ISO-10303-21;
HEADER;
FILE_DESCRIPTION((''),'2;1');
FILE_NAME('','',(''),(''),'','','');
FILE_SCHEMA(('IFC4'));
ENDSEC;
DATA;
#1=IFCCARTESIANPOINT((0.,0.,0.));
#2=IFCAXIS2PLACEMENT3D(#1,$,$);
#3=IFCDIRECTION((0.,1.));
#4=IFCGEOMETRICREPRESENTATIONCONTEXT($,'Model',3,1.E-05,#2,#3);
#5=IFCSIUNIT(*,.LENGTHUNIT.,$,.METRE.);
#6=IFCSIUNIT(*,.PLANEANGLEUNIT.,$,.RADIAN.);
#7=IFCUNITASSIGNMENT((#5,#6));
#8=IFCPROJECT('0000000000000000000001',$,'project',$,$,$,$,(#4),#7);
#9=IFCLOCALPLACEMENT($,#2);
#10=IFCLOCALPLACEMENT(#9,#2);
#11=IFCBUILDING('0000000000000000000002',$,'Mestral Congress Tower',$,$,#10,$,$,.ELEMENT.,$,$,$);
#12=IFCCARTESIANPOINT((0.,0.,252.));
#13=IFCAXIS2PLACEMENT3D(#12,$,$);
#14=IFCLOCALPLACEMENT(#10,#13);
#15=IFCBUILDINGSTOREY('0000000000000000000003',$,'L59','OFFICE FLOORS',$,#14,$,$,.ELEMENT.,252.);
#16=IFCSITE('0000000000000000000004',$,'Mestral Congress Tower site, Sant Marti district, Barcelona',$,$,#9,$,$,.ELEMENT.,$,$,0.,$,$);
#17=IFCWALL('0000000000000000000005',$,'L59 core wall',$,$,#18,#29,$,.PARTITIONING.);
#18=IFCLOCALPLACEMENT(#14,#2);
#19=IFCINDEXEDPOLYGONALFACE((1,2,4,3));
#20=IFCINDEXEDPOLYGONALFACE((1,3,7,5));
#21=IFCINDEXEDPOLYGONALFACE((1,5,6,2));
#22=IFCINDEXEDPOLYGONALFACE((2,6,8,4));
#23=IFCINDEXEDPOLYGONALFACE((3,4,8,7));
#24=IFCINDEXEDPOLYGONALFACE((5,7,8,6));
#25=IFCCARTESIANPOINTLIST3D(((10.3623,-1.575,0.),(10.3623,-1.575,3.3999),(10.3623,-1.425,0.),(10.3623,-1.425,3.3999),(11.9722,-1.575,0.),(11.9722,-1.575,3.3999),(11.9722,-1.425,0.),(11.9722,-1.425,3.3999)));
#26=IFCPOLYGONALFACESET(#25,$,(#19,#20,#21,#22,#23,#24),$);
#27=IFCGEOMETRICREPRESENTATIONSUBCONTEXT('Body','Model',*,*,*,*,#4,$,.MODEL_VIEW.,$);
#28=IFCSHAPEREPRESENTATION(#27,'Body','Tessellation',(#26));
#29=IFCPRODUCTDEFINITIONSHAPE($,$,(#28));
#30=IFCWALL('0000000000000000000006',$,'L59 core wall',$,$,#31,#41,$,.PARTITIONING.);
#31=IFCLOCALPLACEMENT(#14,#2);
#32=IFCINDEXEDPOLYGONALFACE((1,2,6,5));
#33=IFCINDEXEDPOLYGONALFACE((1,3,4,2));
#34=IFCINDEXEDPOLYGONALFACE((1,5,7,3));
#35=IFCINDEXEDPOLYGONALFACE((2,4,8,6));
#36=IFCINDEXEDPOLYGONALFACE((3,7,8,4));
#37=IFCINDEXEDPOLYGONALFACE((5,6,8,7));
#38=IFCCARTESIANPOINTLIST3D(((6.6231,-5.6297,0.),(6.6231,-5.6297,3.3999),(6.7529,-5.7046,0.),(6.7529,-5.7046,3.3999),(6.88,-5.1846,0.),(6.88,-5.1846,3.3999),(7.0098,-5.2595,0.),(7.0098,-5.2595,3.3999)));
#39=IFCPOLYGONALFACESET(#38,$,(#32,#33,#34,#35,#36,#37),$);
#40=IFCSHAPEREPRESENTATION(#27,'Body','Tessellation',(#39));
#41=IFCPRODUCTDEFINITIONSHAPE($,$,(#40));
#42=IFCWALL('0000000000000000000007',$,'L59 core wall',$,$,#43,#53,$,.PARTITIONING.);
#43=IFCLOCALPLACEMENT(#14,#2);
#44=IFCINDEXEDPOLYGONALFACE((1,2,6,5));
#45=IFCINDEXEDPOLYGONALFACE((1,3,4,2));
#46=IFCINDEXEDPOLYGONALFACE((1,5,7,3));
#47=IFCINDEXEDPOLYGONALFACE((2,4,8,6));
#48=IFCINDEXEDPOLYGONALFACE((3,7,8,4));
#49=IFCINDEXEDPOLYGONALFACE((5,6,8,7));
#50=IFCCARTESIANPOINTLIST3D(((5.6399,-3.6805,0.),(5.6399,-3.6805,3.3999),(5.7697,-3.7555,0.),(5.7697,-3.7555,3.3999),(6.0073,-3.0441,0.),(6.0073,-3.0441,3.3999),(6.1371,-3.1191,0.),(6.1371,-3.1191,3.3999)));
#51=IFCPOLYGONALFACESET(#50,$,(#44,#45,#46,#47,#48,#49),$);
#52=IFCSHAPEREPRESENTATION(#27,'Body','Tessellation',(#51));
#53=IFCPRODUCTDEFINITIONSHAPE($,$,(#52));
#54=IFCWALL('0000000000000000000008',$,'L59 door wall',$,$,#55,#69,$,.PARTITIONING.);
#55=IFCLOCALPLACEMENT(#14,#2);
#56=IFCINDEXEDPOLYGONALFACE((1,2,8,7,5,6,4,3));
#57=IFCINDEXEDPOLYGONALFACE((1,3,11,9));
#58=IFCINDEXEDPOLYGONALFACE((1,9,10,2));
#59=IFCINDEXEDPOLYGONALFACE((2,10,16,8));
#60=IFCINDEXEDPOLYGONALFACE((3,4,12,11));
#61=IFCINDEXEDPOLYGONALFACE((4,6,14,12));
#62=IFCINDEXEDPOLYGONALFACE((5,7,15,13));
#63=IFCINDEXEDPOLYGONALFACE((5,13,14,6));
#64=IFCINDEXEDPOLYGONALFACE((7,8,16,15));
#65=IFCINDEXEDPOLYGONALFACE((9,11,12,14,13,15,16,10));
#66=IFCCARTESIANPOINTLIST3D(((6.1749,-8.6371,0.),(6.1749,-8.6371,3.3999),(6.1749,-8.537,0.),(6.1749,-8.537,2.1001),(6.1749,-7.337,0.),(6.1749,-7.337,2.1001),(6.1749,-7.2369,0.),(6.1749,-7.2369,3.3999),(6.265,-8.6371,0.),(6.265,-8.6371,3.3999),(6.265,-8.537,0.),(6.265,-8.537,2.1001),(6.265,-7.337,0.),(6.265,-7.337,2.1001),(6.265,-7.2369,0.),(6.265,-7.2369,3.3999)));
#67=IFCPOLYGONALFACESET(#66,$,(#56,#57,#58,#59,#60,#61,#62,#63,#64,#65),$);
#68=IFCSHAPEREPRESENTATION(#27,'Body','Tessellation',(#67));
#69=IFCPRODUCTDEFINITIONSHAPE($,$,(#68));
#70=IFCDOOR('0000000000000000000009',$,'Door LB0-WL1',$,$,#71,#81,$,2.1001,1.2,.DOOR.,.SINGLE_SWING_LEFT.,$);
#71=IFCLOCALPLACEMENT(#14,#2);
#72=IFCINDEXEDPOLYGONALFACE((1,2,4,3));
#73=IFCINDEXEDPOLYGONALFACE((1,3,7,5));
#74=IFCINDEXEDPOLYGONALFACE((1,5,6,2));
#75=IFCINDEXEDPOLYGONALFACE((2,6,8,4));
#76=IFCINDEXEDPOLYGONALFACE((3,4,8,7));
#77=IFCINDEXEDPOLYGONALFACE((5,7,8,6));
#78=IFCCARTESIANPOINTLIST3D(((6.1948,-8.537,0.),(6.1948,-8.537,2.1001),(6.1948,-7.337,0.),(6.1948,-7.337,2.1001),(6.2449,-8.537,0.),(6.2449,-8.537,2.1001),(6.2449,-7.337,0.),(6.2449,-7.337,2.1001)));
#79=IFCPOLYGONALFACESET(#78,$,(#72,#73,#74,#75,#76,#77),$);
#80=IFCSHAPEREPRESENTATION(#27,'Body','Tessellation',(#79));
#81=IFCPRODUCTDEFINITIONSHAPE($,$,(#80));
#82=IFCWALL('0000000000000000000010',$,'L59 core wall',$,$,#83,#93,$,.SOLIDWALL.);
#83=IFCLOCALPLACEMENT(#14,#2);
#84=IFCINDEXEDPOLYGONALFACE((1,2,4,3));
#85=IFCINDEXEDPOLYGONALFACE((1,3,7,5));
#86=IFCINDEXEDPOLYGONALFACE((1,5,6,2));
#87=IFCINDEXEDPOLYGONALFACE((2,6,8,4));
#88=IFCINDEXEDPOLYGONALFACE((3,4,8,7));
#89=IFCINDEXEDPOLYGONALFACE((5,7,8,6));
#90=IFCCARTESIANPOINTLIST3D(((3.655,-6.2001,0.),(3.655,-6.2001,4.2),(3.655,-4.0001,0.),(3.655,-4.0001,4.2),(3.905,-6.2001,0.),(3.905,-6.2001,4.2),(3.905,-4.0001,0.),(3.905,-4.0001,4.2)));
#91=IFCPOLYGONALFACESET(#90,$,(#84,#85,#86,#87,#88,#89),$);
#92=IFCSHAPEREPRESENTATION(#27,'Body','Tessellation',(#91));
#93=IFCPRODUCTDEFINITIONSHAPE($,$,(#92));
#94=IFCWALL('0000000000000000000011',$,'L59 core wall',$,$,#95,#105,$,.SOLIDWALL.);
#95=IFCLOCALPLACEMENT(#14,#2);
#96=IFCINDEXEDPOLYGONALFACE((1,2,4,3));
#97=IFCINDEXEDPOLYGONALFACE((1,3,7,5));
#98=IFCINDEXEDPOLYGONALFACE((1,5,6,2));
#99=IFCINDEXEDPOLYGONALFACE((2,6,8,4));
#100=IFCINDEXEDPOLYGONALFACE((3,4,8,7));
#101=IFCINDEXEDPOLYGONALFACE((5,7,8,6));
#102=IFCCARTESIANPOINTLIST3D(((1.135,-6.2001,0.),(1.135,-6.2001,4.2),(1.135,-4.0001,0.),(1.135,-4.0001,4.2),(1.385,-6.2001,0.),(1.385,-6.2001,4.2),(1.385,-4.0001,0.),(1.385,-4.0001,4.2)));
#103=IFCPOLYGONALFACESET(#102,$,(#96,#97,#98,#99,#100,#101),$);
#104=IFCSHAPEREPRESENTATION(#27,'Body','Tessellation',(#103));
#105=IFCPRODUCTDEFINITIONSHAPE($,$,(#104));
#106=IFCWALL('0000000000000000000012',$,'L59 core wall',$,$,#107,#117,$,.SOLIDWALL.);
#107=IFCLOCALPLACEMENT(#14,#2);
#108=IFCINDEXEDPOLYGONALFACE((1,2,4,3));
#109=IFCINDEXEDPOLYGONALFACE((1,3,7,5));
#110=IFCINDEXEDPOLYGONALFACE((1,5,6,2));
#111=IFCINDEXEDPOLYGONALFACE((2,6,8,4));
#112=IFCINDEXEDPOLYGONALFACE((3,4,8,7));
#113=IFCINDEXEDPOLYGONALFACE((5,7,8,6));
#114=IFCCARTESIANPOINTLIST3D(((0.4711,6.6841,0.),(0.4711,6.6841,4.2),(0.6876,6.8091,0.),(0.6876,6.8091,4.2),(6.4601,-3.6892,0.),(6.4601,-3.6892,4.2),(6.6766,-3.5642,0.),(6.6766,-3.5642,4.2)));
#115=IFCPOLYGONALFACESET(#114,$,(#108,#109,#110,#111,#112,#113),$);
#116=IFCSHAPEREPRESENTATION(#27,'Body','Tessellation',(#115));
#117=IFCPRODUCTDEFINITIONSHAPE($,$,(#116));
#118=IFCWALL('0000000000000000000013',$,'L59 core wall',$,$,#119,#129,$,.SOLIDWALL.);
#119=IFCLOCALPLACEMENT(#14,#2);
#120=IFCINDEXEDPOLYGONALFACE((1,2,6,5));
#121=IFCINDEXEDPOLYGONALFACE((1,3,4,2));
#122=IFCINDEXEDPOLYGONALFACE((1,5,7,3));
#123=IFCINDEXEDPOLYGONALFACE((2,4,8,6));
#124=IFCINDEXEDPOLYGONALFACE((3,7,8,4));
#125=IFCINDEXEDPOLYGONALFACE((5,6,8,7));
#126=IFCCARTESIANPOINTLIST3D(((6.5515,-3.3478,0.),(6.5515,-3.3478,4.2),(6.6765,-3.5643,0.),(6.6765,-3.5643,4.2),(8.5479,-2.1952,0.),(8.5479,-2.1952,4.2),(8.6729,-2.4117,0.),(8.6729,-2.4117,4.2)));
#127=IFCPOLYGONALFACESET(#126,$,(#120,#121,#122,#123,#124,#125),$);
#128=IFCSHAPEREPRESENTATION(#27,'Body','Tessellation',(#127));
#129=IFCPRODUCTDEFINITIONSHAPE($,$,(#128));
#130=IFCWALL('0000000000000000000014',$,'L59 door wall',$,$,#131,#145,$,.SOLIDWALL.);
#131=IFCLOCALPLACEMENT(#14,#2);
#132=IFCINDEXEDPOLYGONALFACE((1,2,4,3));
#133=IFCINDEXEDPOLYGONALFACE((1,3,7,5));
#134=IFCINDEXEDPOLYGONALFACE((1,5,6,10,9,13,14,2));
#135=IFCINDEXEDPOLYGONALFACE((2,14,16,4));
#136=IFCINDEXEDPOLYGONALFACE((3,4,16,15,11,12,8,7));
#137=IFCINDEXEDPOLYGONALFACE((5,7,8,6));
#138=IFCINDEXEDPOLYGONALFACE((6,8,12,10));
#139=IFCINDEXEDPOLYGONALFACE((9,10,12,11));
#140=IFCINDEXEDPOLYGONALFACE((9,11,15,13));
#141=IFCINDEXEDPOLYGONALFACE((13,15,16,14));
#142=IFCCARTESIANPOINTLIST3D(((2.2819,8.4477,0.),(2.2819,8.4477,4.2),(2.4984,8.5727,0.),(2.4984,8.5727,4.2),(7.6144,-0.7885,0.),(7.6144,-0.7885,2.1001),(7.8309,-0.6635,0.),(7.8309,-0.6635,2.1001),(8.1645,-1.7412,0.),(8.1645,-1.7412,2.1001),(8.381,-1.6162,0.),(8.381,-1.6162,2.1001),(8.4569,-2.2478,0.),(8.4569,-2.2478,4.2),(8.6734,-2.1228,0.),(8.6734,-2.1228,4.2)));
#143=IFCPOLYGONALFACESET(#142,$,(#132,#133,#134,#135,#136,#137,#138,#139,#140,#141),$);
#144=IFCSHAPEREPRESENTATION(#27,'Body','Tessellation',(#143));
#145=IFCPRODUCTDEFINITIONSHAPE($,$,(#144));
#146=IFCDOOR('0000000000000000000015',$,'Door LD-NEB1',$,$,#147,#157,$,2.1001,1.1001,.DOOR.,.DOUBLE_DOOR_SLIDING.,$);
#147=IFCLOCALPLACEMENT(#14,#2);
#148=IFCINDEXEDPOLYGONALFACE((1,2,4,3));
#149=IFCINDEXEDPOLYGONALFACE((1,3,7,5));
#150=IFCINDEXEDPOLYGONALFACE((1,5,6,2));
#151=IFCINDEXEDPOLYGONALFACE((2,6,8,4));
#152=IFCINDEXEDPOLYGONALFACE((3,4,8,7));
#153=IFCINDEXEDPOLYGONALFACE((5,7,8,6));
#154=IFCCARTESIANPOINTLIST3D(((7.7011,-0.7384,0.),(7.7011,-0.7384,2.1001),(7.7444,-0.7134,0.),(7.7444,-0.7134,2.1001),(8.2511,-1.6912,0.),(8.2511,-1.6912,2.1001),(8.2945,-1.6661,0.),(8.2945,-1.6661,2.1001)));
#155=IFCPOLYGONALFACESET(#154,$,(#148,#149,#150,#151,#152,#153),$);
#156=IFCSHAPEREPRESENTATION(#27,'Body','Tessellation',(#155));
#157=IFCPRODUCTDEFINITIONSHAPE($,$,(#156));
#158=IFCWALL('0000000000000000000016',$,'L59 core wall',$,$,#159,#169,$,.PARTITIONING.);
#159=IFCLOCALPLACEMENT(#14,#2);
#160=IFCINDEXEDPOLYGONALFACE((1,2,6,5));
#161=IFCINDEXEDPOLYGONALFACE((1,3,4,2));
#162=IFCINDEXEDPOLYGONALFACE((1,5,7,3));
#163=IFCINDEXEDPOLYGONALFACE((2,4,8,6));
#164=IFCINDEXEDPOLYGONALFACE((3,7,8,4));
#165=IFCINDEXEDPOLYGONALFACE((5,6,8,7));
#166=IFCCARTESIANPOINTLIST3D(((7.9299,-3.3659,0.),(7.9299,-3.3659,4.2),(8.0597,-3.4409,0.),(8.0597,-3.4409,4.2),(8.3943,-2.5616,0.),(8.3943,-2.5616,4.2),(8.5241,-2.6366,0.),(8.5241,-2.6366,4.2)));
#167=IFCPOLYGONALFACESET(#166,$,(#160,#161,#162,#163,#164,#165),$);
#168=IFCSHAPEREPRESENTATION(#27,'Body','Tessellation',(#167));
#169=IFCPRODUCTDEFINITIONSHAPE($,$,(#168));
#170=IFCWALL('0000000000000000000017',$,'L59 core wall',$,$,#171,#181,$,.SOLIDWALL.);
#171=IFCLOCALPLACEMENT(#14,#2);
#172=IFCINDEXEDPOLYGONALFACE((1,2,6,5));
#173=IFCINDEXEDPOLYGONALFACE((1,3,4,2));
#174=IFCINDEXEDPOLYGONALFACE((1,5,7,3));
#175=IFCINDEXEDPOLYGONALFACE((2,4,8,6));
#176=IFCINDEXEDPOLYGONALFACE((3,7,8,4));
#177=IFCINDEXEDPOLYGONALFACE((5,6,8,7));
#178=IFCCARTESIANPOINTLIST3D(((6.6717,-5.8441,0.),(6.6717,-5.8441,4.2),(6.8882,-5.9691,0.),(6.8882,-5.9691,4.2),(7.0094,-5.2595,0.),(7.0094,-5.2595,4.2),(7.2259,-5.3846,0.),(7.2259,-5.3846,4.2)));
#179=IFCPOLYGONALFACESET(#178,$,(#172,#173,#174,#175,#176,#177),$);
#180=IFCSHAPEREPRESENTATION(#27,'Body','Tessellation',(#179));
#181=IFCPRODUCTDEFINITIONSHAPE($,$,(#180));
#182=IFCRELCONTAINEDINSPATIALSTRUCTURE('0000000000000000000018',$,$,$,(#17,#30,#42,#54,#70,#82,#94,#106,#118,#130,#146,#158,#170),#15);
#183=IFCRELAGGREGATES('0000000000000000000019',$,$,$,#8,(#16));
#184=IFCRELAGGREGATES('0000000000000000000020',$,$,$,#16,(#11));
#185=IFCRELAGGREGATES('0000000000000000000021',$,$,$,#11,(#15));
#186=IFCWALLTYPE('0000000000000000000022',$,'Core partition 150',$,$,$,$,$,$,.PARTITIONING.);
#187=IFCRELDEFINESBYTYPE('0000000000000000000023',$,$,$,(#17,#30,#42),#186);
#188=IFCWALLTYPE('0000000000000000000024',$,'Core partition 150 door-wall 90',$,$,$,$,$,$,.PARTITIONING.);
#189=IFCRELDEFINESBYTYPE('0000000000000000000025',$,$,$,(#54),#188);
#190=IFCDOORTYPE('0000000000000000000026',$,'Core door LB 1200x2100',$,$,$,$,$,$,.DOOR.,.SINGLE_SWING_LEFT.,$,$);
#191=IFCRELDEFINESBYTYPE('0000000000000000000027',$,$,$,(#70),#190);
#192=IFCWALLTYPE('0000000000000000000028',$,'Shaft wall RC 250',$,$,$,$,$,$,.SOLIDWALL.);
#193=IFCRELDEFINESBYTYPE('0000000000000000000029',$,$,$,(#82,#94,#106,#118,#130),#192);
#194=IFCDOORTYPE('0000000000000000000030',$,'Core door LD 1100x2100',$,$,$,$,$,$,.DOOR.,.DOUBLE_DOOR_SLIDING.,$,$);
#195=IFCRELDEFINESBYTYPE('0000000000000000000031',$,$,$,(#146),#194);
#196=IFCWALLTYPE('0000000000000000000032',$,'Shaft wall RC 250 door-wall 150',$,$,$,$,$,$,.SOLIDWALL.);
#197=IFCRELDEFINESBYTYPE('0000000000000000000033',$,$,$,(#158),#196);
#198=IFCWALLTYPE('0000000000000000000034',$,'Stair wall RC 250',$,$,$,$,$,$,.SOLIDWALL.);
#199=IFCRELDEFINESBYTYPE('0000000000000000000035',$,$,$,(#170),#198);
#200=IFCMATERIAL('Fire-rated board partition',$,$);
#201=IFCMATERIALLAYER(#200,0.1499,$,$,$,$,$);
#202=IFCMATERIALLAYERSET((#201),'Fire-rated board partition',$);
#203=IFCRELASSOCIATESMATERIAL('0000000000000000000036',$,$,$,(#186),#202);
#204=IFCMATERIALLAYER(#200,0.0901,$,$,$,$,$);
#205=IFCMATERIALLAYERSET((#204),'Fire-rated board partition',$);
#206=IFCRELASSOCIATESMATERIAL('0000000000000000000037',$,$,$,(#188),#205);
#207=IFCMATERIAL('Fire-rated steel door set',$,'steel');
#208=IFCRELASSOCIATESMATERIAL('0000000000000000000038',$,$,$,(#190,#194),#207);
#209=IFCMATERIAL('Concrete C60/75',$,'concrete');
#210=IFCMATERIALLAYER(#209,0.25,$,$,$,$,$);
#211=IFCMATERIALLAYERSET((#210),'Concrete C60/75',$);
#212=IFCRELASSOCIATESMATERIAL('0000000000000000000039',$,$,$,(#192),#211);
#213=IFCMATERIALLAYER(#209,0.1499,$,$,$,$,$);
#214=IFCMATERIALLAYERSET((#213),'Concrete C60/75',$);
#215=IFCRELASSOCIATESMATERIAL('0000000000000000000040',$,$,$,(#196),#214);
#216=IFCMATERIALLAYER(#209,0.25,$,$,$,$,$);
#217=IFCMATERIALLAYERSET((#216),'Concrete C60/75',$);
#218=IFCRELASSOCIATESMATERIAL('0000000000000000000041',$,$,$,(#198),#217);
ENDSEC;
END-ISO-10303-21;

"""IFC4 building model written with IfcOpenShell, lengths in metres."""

from ifc_helpers import new_model, si_unit, direction, frame, frame_2d, origin, place, context, subcontext, project, spatial, rectangle, extrude, material, layer, layer_set, type_object, element, fill, save


model = new_model("IFC4")

# Units and contexts
model_context = context("Model", 3, precision=1e-05, world=origin(), true_north=direction((0.0, 1.0)))
body_context = subcontext(model_context, "Body", "Model", "MODEL_VIEW")
ifc_project = project(units=[si_unit("LENGTHUNIT", "METRE"), si_unit("PLANEANGLEUNIT", "RADIAN")], contexts=[model_context])

# Site, building, storey
site_placement = place(None, origin())
site = spatial("IfcSite", under=ifc_project, at=site_placement, Name="Mestral Congress Tower site, Sant Marti district, Barcelona", CompositionType="ELEMENT", RefElevation=0.0)
building_placement = place(site_placement, origin())
building = spatial("IfcBuilding", under=site, at=building_placement, Name="Mestral Congress Tower", CompositionType="ELEMENT")
storey_placement = place(building_placement, frame((0.0, 0.0, 252.0)))
storey = spatial("IfcBuildingStorey", under=building, at=storey_placement, Name="L59", Description="OFFICE FLOORS", CompositionType="ELEMENT", Elevation=252.0)

# Walls
ifc_material_1 = material(Name="Fire-rated board partition")
ifc_layer_1 = layer(ifc_material_1, 0.1499)
ifc_layer_set_1 = layer_set([ifc_layer_1], Name="Fire-rated board partition")
wall_type_1 = type_object("IfcWallType", Name="Core partition 150", PredefinedType="PARTITIONING", material=ifc_layer_set_1)
wall_1_placement = place(storey_placement, frame((10.3623, -1.5, 0.0), z_axis=(0.0, 0.0, 1.0), x_axis=(1.0, 0.0, 0.0)))
element("IfcWall", 1, at=wall_1_placement, inside=storey, type_object=wall_type_1, Name="L59 core wall", PredefinedType="PARTITIONING", context=body_context, shape_type="SweptSolid", body=[
    extrude(rectangle(XDim=1.6099, YDim=0.1499, at=frame_2d((0.8049, 0.0))), origin(), (0.0, 0.0, 1.0), 3.3999),
])
wall_2_placement = place(storey_placement, frame((6.9448, -5.2222, 0.0), z_axis=(0.0, 0.0, 1.0), x_axis=(-0.499818, -0.86613, 0.0)))
element("IfcWall", 2, at=wall_2_placement, inside=storey, type_object=wall_type_1, Name="L59 core wall", PredefinedType="PARTITIONING", context=body_context, shape_type="SweptSolid", body=[
    extrude(rectangle(XDim=0.5139, YDim=0.1499, at=frame_2d((0.2568, 0.0))), origin(), (0.0, 0.0, 1.0), 3.3999),
])
wall_3_placement = place(storey_placement, frame((5.7048, -3.718, 0.0), z_axis=(0.0, 0.0, 1.0), x_axis=(0.499962, 0.866047, 0.0)))
element("IfcWall", 3, at=wall_3_placement, inside=storey, type_object=wall_type_1, Name="L59 core wall", PredefinedType="PARTITIONING", context=body_context, shape_type="SweptSolid", body=[
    extrude(rectangle(XDim=0.7349, YDim=0.1499, at=frame_2d((0.3674, 0.0))), origin(), (0.0, 0.0, 1.0), 3.3999),
])

# Wall, opening, door
ifc_layer_2 = layer(ifc_material_1, 0.0901)
ifc_layer_set_2 = layer_set([ifc_layer_2], Name="Fire-rated board partition")
wall_type_2 = type_object("IfcWallType", Name="Core partition 150 door-wall 90", PredefinedType="PARTITIONING", material=ifc_layer_set_2)
wall_4_placement = place(storey_placement, frame((6.22, -7.2368, 0.0), z_axis=(0.0, 0.0, 1.0), x_axis=(0.0, -1.0, 0.0)))
wall_4 = element("IfcWall", 4, at=wall_4_placement, inside=storey, type_object=wall_type_2, Name="L59 door wall", PredefinedType="PARTITIONING", context=body_context, shape_type="SweptSolid", body=[
    extrude(rectangle(XDim=1.4001, YDim=0.0901, at=frame_2d((0.7002, 0.0))), origin(), (0.0, 0.0, 1.0), 3.3999),
])
opening_1_placement = place(wall_4_placement, frame((0.1001, 0.0, 0.0)))
opening_1 = element("IfcOpeningElement", 5, at=opening_1_placement, cuts=wall_4, PredefinedType="OPENING", context=body_context, shape_type="SweptSolid", body=[
    extrude(rectangle(XDim=1.2, YDim=2.1001, at=frame_2d((0.6001, 1.05))), frame((0.0, 0.0549, 0.0), z_axis=(0.0, -1.0, 0.0), x_axis=(1.0, 0.0, 0.0)), (0.0, 0.0, 1.0), 0.1101),
])
ifc_material_2 = material(Name="Fire-rated steel door set", Category="steel")
door_type_1 = type_object("IfcDoorType", Name="Core door LB 1200x2100", OperationType="SINGLE_SWING_LEFT", PredefinedType="DOOR", material=ifc_material_2)
door_1_placement = place(opening_1_placement, origin())
door_1 = element("IfcDoor", 6, at=door_1_placement, inside=storey, type_object=door_type_1, Name="Door LB0-WL1", OperationType="SINGLE_SWING_LEFT", OverallHeight=2.1001, OverallWidth=1.2, PredefinedType="DOOR", context=body_context, shape_type="SweptSolid", body=[
    extrude(rectangle(XDim=1.2, YDim=2.1001, at=frame_2d((0.6001, 1.05))), frame((0.0, 0.0249, 0.0), z_axis=(0.0, -1.0, 0.0), x_axis=(1.0, 0.0, 0.0)), (0.0, 0.0, 1.0), 0.05),
])
fill(opening_1, door_1)

# Walls
ifc_material_3 = material(Name="Concrete C60/75", Category="concrete")
ifc_layer_3 = layer(ifc_material_3, 0.25)
ifc_layer_set_3 = layer_set([ifc_layer_3], Name="Concrete C60/75")
wall_type_3 = type_object("IfcWallType", Name="Shaft wall RC 250", PredefinedType="SOLIDWALL", material=ifc_layer_set_3)
for number, where, z_axis, x_axis, name in (
    (7, (3.78, -4.0, 0.0), (0.0, 0.0, 1.0), (0.0, -1.0, 0.0), "L59 core wall"),
    (8, (1.26, -4.0, 0.0), (0.0, 0.0, 1.0), (0.0, -1.0, 0.0), "L59 core wall"),
):
    element("IfcWall", number, at=place(storey_placement, frame(where, z_axis=z_axis, x_axis=x_axis)), inside=storey, type_object=wall_type_3, Name=name, PredefinedType="SOLIDWALL", context=body_context, shape_type="SweptSolid", body=[
        extrude(rectangle(XDim=2.2, YDim=0.25, at=frame_2d((1.1001, 0.0))), origin(), (0.0, 0.0, 1.0), 4.2),
    ])
wall_5_placement = place(storey_placement, frame((6.5684, -3.6267, 0.0), z_axis=(0.0, 0.0, 1.0), x_axis=(-0.499999, 0.866026, 0.0)))
element("IfcWall", 9, at=wall_5_placement, inside=storey, type_object=wall_type_3, Name="L59 core wall", PredefinedType="SOLIDWALL", context=body_context, shape_type="SweptSolid", body=[
    extrude(rectangle(XDim=11.978, YDim=0.25, at=frame_2d((5.989, 0.0))), origin(), (0.0, 0.0, 1.0), 4.2),
])
wall_6_placement = place(storey_placement, frame((6.614, -3.4561, 0.0), z_axis=(0.0, 0.0, 1.0), x_axis=(0.866025, 0.500001, 0.0)))
element("IfcWall", 10, at=wall_6_placement, inside=storey, type_object=wall_type_3, Name="L59 core wall", PredefinedType="SOLIDWALL", context=body_context, shape_type="SweptSolid", body=[
    extrude(rectangle(XDim=2.3052, YDim=0.25, at=frame_2d((1.1526, 0.0))), origin(), (0.0, 0.0, 1.0), 4.2),
])

# Wall, opening, door
wall_7_placement = place(storey_placement, frame((8.5652, -2.1853, 0.0), z_axis=(0.0, 0.0, 1.0), x_axis=(-0.499998, 0.866027, 0.0)))
wall_7 = element("IfcWall", 11, at=wall_7_placement, inside=storey, type_object=wall_type_3, Name="L59 door wall", PredefinedType="SOLIDWALL", context=body_context, shape_type="SweptSolid", body=[
    extrude(rectangle(XDim=12.3501, YDim=0.25, at=frame_2d((6.175, 0.0))), origin(), (0.0, 0.0, 1.0), 4.2),
])
opening_2_placement = place(wall_7_placement, frame((0.585, 0.0, 0.0)))
opening_2 = element("IfcOpeningElement", 12, at=opening_2_placement, cuts=wall_7, PredefinedType="OPENING", context=body_context, shape_type="SweptSolid", body=[
    extrude(rectangle(XDim=1.1001, YDim=2.1001, at=frame_2d((0.55, 1.05))), frame((0.0, 0.135, 0.0), z_axis=(0.0, -1.0, 0.0), x_axis=(1.0, 0.0, 0.0)), (0.0, 0.0, 1.0), 0.27),
])
door_type_2 = type_object("IfcDoorType", Name="Core door LD 1100x2100", OperationType="DOUBLE_DOOR_SLIDING", PredefinedType="DOOR", material=ifc_material_2)
door_2_placement = place(opening_2_placement, origin())
door_2 = element("IfcDoor", 13, at=door_2_placement, inside=storey, type_object=door_type_2, Name="Door LD-NEB1", OperationType="DOUBLE_DOOR_SLIDING", OverallHeight=2.1001, OverallWidth=1.1001, PredefinedType="DOOR", context=body_context, shape_type="SweptSolid", body=[
    extrude(rectangle(XDim=1.1001, YDim=2.1001, at=frame_2d((0.55, 1.05))), frame((0.0, 0.0249, 0.0), z_axis=(0.0, -1.0, 0.0), x_axis=(1.0, 0.0, 0.0)), (0.0, 0.0, 1.0), 0.05),
])
fill(opening_2, door_2)

# Walls
ifc_layer_4 = layer(ifc_material_3, 0.1499)
ifc_layer_set_4 = layer_set([ifc_layer_4], Name="Concrete C60/75")
wall_type_4 = type_object("IfcWallType", Name="Shaft wall RC 250 door-wall 150", PredefinedType="SOLIDWALL", material=ifc_layer_set_4)
wall_8_placement = place(storey_placement, frame((8.4592, -2.5991, 0.0), z_axis=(0.0, 0.0, 1.0), x_axis=(-0.500041, -0.866002, 0.0)))
element("IfcWall", 14, at=wall_8_placement, inside=storey, type_object=wall_type_4, Name="L59 core wall", PredefinedType="PARTITIONING", context=body_context, shape_type="SweptSolid", body=[
    extrude(rectangle(XDim=0.9287, YDim=0.1499, at=frame_2d((0.4644, 0.0))), origin(), (0.0, 0.0, 1.0), 4.2),
])
ifc_layer_5 = layer(ifc_material_3, 0.25)
ifc_layer_set_5 = layer_set([ifc_layer_5], Name="Concrete C60/75")
wall_type_5 = type_object("IfcWallType", Name="Stair wall RC 250", PredefinedType="SOLIDWALL", material=ifc_layer_set_5)
wall_9_placement = place(storey_placement, frame((6.78, -5.9065, 0.0), z_axis=(0.0, 0.0, 1.0), x_axis=(0.500223, 0.865896, 0.0)))
element("IfcWall", 15, at=wall_9_placement, inside=storey, type_object=wall_type_5, Name="L59 core wall", PredefinedType="SOLIDWALL", context=body_context, shape_type="SweptSolid", body=[
    extrude(rectangle(XDim=0.675, YDim=0.25, at=frame_2d((0.3374, 0.0))), origin(), (0.0, 0.0, 1.0), 4.2),
])

save(model, "model.ifc")
